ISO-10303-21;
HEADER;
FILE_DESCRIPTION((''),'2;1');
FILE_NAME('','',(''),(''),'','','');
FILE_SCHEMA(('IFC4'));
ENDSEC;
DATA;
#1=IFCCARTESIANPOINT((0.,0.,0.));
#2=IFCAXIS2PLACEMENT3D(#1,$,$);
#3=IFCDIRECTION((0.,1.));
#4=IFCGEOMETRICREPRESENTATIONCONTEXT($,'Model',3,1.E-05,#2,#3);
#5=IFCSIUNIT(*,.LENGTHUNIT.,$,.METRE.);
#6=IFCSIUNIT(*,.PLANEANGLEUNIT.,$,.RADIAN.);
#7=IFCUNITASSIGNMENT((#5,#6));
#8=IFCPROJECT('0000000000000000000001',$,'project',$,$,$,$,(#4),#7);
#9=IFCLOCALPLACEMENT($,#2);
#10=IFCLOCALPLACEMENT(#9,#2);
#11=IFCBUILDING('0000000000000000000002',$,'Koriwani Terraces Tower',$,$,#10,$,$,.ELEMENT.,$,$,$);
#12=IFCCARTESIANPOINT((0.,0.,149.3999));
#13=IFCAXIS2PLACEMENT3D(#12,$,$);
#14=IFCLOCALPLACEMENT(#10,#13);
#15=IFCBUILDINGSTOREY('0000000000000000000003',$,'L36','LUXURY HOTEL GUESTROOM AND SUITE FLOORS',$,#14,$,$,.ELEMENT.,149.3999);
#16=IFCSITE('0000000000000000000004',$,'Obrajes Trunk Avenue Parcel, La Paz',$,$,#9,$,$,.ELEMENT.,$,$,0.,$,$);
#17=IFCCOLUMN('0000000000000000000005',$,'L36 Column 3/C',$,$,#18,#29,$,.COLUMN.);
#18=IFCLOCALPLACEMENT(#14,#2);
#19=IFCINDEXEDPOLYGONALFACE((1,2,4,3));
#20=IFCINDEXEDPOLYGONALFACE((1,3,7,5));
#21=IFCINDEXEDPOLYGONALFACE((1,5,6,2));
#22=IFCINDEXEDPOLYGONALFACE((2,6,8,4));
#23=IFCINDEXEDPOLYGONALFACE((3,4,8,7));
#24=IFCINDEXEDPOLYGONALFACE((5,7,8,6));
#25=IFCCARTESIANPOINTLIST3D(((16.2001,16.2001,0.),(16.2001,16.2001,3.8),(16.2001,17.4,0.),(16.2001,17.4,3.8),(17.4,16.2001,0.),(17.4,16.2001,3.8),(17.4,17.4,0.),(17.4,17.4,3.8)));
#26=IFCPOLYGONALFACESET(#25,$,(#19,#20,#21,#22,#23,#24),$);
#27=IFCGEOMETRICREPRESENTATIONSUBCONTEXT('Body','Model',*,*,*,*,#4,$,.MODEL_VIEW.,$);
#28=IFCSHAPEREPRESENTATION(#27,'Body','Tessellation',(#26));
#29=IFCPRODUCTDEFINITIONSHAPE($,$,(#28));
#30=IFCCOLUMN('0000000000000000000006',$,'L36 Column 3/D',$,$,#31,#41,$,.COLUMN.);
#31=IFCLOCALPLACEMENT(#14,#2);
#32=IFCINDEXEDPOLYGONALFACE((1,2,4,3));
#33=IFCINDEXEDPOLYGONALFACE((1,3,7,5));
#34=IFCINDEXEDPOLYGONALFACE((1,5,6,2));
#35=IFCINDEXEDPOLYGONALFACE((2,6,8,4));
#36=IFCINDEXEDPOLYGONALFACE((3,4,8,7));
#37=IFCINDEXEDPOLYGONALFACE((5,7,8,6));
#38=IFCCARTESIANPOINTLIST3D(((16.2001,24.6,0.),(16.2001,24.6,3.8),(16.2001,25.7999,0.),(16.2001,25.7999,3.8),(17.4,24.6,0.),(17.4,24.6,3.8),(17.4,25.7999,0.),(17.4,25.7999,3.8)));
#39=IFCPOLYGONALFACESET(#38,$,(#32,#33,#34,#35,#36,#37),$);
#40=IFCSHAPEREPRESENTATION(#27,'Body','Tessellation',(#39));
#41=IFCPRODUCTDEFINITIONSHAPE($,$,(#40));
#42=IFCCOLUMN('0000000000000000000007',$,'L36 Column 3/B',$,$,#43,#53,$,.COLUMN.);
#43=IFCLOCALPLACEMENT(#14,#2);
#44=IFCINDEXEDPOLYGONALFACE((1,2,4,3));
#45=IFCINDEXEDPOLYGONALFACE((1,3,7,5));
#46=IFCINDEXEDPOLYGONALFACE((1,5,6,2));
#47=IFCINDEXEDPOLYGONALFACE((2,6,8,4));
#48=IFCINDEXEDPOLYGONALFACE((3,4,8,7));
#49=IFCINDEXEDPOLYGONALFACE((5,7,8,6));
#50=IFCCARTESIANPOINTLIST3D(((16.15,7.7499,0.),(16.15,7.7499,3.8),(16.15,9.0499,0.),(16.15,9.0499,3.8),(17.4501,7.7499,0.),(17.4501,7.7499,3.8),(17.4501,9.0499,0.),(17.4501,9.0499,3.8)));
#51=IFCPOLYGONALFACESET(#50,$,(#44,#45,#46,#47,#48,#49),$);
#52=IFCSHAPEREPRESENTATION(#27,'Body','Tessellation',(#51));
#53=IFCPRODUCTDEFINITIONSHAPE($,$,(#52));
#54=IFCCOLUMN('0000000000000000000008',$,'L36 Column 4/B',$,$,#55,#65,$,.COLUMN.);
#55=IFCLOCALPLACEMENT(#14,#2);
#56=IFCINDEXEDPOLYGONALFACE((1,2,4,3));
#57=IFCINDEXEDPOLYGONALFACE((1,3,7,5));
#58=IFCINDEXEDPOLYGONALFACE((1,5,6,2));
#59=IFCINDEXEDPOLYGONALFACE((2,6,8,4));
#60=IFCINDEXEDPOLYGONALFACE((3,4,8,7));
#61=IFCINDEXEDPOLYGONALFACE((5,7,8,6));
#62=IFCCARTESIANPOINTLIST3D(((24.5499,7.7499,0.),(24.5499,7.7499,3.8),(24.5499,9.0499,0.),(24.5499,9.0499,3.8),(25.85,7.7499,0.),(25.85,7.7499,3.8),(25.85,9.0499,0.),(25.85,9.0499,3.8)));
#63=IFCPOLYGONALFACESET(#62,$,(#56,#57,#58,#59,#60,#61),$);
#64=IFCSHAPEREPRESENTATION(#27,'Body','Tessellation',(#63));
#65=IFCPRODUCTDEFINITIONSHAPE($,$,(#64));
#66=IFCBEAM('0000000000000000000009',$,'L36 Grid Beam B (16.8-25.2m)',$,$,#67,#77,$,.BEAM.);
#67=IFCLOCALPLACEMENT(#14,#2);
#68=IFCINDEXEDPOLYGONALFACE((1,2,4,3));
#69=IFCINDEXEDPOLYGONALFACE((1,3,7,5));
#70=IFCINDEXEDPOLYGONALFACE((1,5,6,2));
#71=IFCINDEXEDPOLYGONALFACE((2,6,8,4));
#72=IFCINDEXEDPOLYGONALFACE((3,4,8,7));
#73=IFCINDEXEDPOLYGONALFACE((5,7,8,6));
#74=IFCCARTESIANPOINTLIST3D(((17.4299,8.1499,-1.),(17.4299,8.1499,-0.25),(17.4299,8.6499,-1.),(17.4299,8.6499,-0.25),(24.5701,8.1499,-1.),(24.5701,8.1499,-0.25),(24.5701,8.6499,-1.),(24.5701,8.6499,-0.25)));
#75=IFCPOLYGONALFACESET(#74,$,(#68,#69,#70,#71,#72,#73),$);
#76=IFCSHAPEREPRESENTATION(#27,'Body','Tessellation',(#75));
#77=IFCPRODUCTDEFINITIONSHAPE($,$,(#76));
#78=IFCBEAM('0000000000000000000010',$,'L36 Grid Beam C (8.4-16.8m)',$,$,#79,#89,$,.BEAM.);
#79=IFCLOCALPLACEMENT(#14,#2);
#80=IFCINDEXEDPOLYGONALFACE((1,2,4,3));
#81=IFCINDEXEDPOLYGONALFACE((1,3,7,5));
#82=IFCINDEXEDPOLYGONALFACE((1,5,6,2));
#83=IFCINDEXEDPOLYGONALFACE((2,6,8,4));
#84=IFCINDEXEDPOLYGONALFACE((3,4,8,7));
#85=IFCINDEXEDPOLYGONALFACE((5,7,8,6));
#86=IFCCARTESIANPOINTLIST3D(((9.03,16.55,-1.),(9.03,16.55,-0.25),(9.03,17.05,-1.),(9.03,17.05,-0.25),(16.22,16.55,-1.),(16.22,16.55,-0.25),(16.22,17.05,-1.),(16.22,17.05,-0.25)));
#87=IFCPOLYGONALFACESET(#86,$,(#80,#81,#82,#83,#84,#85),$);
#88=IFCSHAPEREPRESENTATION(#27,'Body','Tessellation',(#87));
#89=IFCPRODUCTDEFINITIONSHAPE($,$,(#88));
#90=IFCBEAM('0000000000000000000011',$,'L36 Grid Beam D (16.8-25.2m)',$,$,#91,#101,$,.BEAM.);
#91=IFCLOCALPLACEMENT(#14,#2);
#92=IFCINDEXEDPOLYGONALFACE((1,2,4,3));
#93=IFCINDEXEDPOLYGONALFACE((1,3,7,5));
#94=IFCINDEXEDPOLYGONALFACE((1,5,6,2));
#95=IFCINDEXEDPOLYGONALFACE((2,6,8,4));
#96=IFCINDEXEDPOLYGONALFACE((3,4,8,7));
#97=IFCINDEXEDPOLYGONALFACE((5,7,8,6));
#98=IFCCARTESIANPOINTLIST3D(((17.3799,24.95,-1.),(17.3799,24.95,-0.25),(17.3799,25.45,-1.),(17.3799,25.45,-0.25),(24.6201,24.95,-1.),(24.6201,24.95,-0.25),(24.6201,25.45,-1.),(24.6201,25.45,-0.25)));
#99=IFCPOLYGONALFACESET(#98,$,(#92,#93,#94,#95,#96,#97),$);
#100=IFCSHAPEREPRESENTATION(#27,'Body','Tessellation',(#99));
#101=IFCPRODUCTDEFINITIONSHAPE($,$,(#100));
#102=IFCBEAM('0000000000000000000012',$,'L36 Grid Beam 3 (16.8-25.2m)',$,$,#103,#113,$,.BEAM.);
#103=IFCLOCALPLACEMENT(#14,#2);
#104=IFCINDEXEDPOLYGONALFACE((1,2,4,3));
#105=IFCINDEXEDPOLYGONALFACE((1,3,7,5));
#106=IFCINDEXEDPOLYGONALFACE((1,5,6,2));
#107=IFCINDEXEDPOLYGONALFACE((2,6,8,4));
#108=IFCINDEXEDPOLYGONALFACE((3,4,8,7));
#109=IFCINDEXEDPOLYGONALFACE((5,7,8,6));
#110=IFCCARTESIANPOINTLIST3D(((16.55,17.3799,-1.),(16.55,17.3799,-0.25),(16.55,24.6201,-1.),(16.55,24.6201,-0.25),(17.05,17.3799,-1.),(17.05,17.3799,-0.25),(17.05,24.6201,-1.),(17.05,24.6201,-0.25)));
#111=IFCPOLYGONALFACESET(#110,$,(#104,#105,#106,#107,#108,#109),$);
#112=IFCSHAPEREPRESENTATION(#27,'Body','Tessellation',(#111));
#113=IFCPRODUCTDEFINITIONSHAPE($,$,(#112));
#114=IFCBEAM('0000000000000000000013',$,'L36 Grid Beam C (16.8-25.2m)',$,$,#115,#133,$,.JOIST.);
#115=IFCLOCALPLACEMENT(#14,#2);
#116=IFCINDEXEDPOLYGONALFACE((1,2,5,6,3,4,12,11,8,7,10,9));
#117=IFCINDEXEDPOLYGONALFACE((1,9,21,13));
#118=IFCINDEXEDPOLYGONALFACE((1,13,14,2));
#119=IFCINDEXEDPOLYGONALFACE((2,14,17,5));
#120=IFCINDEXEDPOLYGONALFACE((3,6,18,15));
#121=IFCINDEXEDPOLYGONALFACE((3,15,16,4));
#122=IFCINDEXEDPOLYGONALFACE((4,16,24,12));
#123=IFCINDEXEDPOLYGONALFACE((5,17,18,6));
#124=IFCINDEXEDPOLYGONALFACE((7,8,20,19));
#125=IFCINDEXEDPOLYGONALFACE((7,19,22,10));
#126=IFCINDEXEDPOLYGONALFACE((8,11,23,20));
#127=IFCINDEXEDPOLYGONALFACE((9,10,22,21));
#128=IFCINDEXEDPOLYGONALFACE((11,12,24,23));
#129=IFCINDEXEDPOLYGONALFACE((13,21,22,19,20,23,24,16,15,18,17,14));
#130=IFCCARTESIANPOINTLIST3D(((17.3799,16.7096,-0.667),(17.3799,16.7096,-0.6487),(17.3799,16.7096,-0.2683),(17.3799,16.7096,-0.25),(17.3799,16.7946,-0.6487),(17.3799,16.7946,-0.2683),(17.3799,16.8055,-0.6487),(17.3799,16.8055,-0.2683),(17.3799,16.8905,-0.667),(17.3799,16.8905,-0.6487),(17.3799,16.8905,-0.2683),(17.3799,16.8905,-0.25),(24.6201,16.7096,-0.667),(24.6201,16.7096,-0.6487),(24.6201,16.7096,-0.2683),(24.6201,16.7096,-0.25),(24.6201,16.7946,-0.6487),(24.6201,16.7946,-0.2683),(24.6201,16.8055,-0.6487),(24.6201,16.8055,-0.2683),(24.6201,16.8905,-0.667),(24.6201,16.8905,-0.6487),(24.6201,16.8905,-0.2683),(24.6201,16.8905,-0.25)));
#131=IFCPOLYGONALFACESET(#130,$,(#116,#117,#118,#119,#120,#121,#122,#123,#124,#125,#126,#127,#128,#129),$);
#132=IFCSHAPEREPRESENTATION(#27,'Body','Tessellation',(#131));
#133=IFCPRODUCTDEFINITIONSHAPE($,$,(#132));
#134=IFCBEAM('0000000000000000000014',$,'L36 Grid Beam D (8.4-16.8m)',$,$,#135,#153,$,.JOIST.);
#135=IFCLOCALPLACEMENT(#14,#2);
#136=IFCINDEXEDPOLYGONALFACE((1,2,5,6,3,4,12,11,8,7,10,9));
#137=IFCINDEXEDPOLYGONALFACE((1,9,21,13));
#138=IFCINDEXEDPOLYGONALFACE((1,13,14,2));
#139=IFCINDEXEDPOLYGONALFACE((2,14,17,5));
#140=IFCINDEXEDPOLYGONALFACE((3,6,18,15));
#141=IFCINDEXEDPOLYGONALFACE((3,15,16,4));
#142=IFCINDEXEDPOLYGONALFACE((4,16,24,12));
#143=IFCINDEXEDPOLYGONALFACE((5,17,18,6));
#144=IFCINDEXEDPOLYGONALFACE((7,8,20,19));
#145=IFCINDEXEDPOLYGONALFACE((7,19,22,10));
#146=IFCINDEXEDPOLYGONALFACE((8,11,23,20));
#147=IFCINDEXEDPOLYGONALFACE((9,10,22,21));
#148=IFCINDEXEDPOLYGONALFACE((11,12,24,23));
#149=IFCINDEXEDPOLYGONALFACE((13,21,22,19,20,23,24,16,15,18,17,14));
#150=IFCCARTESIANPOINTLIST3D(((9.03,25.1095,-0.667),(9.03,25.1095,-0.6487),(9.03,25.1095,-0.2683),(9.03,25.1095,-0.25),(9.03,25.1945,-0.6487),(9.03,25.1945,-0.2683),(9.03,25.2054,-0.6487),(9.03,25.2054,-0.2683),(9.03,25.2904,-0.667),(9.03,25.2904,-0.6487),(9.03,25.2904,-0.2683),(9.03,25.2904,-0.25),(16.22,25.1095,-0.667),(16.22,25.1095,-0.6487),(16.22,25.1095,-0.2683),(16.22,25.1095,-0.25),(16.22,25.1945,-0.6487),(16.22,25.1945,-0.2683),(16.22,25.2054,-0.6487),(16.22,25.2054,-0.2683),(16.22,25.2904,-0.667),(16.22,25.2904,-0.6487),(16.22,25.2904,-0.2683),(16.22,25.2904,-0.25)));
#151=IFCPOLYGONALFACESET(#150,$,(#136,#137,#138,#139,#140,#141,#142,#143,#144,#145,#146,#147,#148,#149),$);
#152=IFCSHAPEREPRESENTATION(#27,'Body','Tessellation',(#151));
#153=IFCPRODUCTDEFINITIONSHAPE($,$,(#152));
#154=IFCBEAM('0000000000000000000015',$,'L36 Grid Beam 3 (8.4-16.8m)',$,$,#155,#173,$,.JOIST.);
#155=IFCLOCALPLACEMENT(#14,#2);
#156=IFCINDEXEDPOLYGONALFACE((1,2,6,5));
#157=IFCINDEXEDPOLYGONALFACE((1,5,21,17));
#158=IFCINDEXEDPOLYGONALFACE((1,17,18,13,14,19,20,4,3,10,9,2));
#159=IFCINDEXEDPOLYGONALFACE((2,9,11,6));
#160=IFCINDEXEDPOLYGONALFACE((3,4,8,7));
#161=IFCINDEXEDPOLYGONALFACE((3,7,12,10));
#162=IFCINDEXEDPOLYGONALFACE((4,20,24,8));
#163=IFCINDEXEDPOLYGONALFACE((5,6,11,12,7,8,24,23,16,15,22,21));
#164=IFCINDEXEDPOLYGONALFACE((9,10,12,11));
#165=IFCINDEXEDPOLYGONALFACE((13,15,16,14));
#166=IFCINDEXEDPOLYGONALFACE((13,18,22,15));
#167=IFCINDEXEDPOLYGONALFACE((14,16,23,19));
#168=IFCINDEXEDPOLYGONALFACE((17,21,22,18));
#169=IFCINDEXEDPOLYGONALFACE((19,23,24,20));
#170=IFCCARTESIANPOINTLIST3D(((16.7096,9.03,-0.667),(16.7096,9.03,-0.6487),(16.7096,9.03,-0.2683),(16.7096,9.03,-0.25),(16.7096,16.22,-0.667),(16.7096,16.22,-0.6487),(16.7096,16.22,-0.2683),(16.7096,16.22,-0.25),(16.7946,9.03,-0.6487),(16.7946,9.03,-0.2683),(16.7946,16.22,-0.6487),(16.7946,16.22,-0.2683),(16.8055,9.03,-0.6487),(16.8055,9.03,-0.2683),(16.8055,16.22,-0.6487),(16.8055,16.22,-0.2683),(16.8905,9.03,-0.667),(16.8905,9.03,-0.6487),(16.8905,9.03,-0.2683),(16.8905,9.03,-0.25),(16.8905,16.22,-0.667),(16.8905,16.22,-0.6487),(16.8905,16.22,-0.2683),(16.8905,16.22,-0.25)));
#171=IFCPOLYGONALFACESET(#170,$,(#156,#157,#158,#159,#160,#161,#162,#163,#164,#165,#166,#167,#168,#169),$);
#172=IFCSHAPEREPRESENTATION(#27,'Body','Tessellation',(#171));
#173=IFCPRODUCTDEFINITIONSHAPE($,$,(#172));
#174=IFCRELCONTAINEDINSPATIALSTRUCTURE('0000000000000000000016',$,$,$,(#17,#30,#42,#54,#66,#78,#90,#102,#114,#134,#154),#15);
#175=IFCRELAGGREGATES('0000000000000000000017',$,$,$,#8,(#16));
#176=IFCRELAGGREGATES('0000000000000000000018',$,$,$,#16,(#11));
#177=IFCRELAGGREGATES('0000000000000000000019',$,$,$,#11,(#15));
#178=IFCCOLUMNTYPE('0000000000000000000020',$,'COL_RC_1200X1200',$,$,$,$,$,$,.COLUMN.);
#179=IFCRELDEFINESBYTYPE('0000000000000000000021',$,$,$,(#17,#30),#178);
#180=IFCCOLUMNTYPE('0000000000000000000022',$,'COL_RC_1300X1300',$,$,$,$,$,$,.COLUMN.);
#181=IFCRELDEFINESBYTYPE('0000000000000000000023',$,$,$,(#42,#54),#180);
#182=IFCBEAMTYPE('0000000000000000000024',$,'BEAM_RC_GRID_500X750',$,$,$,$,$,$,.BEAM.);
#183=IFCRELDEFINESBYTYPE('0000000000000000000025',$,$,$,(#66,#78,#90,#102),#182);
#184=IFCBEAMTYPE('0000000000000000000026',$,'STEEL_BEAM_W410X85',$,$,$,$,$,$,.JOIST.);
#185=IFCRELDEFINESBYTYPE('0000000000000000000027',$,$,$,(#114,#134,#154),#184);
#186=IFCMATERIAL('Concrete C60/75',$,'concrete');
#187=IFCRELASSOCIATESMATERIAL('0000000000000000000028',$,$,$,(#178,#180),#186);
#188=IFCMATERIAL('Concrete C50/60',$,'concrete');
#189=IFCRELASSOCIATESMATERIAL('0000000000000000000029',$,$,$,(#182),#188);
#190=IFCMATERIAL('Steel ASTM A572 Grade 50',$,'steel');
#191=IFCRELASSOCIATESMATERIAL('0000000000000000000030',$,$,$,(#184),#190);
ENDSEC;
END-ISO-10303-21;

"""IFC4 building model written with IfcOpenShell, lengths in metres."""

from ifc_helpers import new_model, si_unit, direction, frame, origin, origin_2d, place, context, subcontext, project, spatial, rectangle, i_section, extrude, material, material_profile, profile_set, type_object, element, save


model = new_model("IFC4")

# Units and contexts
model_context = context("Model", 3, precision=1e-05, world=origin(), true_north=direction((0.0, 1.0)))
body_context = subcontext(model_context, "Body", "Model", "MODEL_VIEW")
ifc_project = project(units=[si_unit("LENGTHUNIT", "METRE"), si_unit("PLANEANGLEUNIT", "RADIAN")], contexts=[model_context])

# Site, building, storey
site_placement = place(None, origin())
site = spatial("IfcSite", under=ifc_project, at=site_placement, Name="Obrajes Trunk Avenue Parcel, La Paz", CompositionType="ELEMENT", RefElevation=0.0)
building_placement = place(site_placement, origin())
building = spatial("IfcBuilding", under=site, at=building_placement, Name="Koriwani Terraces Tower", CompositionType="ELEMENT")
storey_placement = place(building_placement, frame((0.0, 0.0, 149.3999)))
storey = spatial("IfcBuildingStorey", under=building, at=storey_placement, Name="L36", Description="LUXURY HOTEL GUESTROOM AND SUITE FLOORS", CompositionType="ELEMENT", Elevation=149.3999)

# Columns
ifc_material_1 = material(Name="Concrete C60/75", Category="concrete")
ifc_material_profile_1 = material_profile(ifc_material_1, rectangle(XDim=1.2, YDim=1.2, at=origin_2d()), Name="Concrete C60/75", Category="LoadBearing")
ifc_profile_set_1 = profile_set([ifc_material_profile_1], Name="Concrete C60/75")
column_type_1 = type_object("IfcColumnType", Name="COL_RC_1200X1200", PredefinedType="COLUMN", material=ifc_profile_set_1)
for number, where, z_axis, x_axis, name in (
    (1, (16.8, 16.8, 0.0), (0.0, 0.0, 1.0), (1.0, 0.0, 0.0), "L36 Column 3/C"),
    (2, (16.8, 25.2, 0.0), (0.0, 0.0, 1.0), (1.0, 0.0, 0.0), "L36 Column 3/D"),
):
    element("IfcColumn", number, at=place(storey_placement, frame(where, z_axis=z_axis, x_axis=x_axis)), inside=storey, type_object=column_type_1, Name=name, PredefinedType="COLUMN", context=body_context, shape_type="SweptSolid", body=[
        extrude(rectangle(XDim=1.2, YDim=1.2, at=origin_2d()), origin(), (0.0, 0.0, 1.0), 3.8),
    ])
ifc_material_profile_2 = material_profile(ifc_material_1, rectangle(XDim=1.3, YDim=1.3, at=origin_2d()), Name="Concrete C60/75", Category="LoadBearing")
ifc_profile_set_2 = profile_set([ifc_material_profile_2], Name="Concrete C60/75")
column_type_2 = type_object("IfcColumnType", Name="COL_RC_1300X1300", PredefinedType="COLUMN", material=ifc_profile_set_2)
for number, where, z_axis, x_axis, name in (
    (3, (16.8, 8.3999, 0.0), (0.0, 0.0, 1.0), (1.0, 0.0, 0.0), "L36 Column 3/B"),
    (4, (25.2, 8.3999, 0.0), (0.0, 0.0, 1.0), (1.0, 0.0, 0.0), "L36 Column 4/B"),
):
    element("IfcColumn", number, at=place(storey_placement, frame(where, z_axis=z_axis, x_axis=x_axis)), inside=storey, type_object=column_type_2, Name=name, PredefinedType="COLUMN", context=body_context, shape_type="SweptSolid", body=[
        extrude(rectangle(XDim=1.3, YDim=1.3, at=origin_2d()), origin(), (0.0, 0.0, 1.0), 3.8),
    ])

# Beams
ifc_material_2 = material(Name="Concrete C50/60", Category="concrete")
ifc_material_profile_3 = material_profile(ifc_material_2, rectangle(XDim=0.5, YDim=0.75, at=origin_2d()), Name="Concrete C50/60", Category="LoadBearing")
ifc_profile_set_3 = profile_set([ifc_material_profile_3], Name="Concrete C50/60")
beam_type_1 = type_object("IfcBeamType", Name="BEAM_RC_GRID_500X750", PredefinedType="BEAM", material=ifc_profile_set_3)
beam_1_placement = place(storey_placement, frame((17.4299, 8.3999, -0.625), z_axis=(1.0, 0.0, 0.0), x_axis=(0.0, 1.0, 0.0)))
element("IfcBeam", 5, at=beam_1_placement, inside=storey, type_object=beam_type_1, Name="L36 Grid Beam B (16.8-25.2m)", PredefinedType="BEAM", context=body_context, shape_type="SweptSolid", body=[
    extrude(rectangle(XDim=0.5, YDim=0.75, at=origin_2d()), origin(), (0.0, 0.0, 1.0), 7.1401),
])
beam_2_placement = place(storey_placement, frame((9.03, 16.8, -0.625), z_axis=(1.0, 0.0, 0.0), x_axis=(0.0, 1.0, 0.0)))
element("IfcBeam", 6, at=beam_2_placement, inside=storey, type_object=beam_type_1, Name="L36 Grid Beam C (8.4-16.8m)", PredefinedType="BEAM", context=body_context, shape_type="SweptSolid", body=[
    extrude(rectangle(XDim=0.5, YDim=0.75, at=origin_2d()), origin(), (0.0, 0.0, 1.0), 7.1899),
])
for number, where, z_axis, x_axis, name in (
    (7, (17.3799, 25.2, -0.625), (1.0, 0.0, 0.0), (0.0, 1.0, 0.0), "L36 Grid Beam D (16.8-25.2m)"),
    (8, (16.8, 17.3799, -0.625), (0.0, 1.0, 0.0), (-1.0, 0.0, 0.0), "L36 Grid Beam 3 (16.8-25.2m)"),
):
    element("IfcBeam", number, at=place(storey_placement, frame(where, z_axis=z_axis, x_axis=x_axis)), inside=storey, type_object=beam_type_1, Name=name, PredefinedType="BEAM", context=body_context, shape_type="SweptSolid", body=[
        extrude(rectangle(XDim=0.5, YDim=0.75, at=origin_2d()), origin(), (0.0, 0.0, 1.0), 7.2402),
    ])
ifc_material_3 = material(Name="Steel ASTM A572 Grade 50", Category="steel")
ifc_material_profile_4 = material_profile(ifc_material_3, i_section(OverallWidth=0.1809, OverallDepth=0.417, WebThickness=0.011, FlangeThickness=0.0183, at=origin_2d()), Name="Steel ASTM A572 Grade 50", Category="LoadBearing")
ifc_profile_set_4 = profile_set([ifc_material_profile_4], Name="Steel ASTM A572 Grade 50")
beam_type_2 = type_object("IfcBeamType", Name="STEEL_BEAM_W410X85", PredefinedType="JOIST", material=ifc_profile_set_4)
beam_3_placement = place(storey_placement, frame((17.3799, 16.8, -0.4585), z_axis=(1.0, 0.0, 0.0), x_axis=(0.0, 1.0, 0.0)))
element("IfcBeam", 9, at=beam_3_placement, inside=storey, type_object=beam_type_2, Name="L36 Grid Beam C (16.8-25.2m)", PredefinedType="JOIST", context=body_context, shape_type="SweptSolid", body=[
    extrude(i_section(OverallWidth=0.1809, OverallDepth=0.417, WebThickness=0.011, FlangeThickness=0.0183, at=origin_2d()), origin(), (0.0, 0.0, 1.0), 7.2402),
])
for number, where, z_axis, x_axis, name in (
    (10, (9.03, 25.2, -0.4585), (1.0, 0.0, 0.0), (0.0, 1.0, 0.0), "L36 Grid Beam D (8.4-16.8m)"),
    (11, (16.8, 9.03, -0.4585), (0.0, 1.0, 0.0), (-1.0, 0.0, 0.0), "L36 Grid Beam 3 (8.4-16.8m)"),
):
    element("IfcBeam", number, at=place(storey_placement, frame(where, z_axis=z_axis, x_axis=x_axis)), inside=storey, type_object=beam_type_2, Name=name, PredefinedType="JOIST", context=body_context, shape_type="SweptSolid", body=[
        extrude(i_section(OverallWidth=0.1809, OverallDepth=0.417, WebThickness=0.011, FlangeThickness=0.0183, at=origin_2d()), origin(), (0.0, 0.0, 1.0), 7.1899),
    ])

save(model, "model.ifc")
